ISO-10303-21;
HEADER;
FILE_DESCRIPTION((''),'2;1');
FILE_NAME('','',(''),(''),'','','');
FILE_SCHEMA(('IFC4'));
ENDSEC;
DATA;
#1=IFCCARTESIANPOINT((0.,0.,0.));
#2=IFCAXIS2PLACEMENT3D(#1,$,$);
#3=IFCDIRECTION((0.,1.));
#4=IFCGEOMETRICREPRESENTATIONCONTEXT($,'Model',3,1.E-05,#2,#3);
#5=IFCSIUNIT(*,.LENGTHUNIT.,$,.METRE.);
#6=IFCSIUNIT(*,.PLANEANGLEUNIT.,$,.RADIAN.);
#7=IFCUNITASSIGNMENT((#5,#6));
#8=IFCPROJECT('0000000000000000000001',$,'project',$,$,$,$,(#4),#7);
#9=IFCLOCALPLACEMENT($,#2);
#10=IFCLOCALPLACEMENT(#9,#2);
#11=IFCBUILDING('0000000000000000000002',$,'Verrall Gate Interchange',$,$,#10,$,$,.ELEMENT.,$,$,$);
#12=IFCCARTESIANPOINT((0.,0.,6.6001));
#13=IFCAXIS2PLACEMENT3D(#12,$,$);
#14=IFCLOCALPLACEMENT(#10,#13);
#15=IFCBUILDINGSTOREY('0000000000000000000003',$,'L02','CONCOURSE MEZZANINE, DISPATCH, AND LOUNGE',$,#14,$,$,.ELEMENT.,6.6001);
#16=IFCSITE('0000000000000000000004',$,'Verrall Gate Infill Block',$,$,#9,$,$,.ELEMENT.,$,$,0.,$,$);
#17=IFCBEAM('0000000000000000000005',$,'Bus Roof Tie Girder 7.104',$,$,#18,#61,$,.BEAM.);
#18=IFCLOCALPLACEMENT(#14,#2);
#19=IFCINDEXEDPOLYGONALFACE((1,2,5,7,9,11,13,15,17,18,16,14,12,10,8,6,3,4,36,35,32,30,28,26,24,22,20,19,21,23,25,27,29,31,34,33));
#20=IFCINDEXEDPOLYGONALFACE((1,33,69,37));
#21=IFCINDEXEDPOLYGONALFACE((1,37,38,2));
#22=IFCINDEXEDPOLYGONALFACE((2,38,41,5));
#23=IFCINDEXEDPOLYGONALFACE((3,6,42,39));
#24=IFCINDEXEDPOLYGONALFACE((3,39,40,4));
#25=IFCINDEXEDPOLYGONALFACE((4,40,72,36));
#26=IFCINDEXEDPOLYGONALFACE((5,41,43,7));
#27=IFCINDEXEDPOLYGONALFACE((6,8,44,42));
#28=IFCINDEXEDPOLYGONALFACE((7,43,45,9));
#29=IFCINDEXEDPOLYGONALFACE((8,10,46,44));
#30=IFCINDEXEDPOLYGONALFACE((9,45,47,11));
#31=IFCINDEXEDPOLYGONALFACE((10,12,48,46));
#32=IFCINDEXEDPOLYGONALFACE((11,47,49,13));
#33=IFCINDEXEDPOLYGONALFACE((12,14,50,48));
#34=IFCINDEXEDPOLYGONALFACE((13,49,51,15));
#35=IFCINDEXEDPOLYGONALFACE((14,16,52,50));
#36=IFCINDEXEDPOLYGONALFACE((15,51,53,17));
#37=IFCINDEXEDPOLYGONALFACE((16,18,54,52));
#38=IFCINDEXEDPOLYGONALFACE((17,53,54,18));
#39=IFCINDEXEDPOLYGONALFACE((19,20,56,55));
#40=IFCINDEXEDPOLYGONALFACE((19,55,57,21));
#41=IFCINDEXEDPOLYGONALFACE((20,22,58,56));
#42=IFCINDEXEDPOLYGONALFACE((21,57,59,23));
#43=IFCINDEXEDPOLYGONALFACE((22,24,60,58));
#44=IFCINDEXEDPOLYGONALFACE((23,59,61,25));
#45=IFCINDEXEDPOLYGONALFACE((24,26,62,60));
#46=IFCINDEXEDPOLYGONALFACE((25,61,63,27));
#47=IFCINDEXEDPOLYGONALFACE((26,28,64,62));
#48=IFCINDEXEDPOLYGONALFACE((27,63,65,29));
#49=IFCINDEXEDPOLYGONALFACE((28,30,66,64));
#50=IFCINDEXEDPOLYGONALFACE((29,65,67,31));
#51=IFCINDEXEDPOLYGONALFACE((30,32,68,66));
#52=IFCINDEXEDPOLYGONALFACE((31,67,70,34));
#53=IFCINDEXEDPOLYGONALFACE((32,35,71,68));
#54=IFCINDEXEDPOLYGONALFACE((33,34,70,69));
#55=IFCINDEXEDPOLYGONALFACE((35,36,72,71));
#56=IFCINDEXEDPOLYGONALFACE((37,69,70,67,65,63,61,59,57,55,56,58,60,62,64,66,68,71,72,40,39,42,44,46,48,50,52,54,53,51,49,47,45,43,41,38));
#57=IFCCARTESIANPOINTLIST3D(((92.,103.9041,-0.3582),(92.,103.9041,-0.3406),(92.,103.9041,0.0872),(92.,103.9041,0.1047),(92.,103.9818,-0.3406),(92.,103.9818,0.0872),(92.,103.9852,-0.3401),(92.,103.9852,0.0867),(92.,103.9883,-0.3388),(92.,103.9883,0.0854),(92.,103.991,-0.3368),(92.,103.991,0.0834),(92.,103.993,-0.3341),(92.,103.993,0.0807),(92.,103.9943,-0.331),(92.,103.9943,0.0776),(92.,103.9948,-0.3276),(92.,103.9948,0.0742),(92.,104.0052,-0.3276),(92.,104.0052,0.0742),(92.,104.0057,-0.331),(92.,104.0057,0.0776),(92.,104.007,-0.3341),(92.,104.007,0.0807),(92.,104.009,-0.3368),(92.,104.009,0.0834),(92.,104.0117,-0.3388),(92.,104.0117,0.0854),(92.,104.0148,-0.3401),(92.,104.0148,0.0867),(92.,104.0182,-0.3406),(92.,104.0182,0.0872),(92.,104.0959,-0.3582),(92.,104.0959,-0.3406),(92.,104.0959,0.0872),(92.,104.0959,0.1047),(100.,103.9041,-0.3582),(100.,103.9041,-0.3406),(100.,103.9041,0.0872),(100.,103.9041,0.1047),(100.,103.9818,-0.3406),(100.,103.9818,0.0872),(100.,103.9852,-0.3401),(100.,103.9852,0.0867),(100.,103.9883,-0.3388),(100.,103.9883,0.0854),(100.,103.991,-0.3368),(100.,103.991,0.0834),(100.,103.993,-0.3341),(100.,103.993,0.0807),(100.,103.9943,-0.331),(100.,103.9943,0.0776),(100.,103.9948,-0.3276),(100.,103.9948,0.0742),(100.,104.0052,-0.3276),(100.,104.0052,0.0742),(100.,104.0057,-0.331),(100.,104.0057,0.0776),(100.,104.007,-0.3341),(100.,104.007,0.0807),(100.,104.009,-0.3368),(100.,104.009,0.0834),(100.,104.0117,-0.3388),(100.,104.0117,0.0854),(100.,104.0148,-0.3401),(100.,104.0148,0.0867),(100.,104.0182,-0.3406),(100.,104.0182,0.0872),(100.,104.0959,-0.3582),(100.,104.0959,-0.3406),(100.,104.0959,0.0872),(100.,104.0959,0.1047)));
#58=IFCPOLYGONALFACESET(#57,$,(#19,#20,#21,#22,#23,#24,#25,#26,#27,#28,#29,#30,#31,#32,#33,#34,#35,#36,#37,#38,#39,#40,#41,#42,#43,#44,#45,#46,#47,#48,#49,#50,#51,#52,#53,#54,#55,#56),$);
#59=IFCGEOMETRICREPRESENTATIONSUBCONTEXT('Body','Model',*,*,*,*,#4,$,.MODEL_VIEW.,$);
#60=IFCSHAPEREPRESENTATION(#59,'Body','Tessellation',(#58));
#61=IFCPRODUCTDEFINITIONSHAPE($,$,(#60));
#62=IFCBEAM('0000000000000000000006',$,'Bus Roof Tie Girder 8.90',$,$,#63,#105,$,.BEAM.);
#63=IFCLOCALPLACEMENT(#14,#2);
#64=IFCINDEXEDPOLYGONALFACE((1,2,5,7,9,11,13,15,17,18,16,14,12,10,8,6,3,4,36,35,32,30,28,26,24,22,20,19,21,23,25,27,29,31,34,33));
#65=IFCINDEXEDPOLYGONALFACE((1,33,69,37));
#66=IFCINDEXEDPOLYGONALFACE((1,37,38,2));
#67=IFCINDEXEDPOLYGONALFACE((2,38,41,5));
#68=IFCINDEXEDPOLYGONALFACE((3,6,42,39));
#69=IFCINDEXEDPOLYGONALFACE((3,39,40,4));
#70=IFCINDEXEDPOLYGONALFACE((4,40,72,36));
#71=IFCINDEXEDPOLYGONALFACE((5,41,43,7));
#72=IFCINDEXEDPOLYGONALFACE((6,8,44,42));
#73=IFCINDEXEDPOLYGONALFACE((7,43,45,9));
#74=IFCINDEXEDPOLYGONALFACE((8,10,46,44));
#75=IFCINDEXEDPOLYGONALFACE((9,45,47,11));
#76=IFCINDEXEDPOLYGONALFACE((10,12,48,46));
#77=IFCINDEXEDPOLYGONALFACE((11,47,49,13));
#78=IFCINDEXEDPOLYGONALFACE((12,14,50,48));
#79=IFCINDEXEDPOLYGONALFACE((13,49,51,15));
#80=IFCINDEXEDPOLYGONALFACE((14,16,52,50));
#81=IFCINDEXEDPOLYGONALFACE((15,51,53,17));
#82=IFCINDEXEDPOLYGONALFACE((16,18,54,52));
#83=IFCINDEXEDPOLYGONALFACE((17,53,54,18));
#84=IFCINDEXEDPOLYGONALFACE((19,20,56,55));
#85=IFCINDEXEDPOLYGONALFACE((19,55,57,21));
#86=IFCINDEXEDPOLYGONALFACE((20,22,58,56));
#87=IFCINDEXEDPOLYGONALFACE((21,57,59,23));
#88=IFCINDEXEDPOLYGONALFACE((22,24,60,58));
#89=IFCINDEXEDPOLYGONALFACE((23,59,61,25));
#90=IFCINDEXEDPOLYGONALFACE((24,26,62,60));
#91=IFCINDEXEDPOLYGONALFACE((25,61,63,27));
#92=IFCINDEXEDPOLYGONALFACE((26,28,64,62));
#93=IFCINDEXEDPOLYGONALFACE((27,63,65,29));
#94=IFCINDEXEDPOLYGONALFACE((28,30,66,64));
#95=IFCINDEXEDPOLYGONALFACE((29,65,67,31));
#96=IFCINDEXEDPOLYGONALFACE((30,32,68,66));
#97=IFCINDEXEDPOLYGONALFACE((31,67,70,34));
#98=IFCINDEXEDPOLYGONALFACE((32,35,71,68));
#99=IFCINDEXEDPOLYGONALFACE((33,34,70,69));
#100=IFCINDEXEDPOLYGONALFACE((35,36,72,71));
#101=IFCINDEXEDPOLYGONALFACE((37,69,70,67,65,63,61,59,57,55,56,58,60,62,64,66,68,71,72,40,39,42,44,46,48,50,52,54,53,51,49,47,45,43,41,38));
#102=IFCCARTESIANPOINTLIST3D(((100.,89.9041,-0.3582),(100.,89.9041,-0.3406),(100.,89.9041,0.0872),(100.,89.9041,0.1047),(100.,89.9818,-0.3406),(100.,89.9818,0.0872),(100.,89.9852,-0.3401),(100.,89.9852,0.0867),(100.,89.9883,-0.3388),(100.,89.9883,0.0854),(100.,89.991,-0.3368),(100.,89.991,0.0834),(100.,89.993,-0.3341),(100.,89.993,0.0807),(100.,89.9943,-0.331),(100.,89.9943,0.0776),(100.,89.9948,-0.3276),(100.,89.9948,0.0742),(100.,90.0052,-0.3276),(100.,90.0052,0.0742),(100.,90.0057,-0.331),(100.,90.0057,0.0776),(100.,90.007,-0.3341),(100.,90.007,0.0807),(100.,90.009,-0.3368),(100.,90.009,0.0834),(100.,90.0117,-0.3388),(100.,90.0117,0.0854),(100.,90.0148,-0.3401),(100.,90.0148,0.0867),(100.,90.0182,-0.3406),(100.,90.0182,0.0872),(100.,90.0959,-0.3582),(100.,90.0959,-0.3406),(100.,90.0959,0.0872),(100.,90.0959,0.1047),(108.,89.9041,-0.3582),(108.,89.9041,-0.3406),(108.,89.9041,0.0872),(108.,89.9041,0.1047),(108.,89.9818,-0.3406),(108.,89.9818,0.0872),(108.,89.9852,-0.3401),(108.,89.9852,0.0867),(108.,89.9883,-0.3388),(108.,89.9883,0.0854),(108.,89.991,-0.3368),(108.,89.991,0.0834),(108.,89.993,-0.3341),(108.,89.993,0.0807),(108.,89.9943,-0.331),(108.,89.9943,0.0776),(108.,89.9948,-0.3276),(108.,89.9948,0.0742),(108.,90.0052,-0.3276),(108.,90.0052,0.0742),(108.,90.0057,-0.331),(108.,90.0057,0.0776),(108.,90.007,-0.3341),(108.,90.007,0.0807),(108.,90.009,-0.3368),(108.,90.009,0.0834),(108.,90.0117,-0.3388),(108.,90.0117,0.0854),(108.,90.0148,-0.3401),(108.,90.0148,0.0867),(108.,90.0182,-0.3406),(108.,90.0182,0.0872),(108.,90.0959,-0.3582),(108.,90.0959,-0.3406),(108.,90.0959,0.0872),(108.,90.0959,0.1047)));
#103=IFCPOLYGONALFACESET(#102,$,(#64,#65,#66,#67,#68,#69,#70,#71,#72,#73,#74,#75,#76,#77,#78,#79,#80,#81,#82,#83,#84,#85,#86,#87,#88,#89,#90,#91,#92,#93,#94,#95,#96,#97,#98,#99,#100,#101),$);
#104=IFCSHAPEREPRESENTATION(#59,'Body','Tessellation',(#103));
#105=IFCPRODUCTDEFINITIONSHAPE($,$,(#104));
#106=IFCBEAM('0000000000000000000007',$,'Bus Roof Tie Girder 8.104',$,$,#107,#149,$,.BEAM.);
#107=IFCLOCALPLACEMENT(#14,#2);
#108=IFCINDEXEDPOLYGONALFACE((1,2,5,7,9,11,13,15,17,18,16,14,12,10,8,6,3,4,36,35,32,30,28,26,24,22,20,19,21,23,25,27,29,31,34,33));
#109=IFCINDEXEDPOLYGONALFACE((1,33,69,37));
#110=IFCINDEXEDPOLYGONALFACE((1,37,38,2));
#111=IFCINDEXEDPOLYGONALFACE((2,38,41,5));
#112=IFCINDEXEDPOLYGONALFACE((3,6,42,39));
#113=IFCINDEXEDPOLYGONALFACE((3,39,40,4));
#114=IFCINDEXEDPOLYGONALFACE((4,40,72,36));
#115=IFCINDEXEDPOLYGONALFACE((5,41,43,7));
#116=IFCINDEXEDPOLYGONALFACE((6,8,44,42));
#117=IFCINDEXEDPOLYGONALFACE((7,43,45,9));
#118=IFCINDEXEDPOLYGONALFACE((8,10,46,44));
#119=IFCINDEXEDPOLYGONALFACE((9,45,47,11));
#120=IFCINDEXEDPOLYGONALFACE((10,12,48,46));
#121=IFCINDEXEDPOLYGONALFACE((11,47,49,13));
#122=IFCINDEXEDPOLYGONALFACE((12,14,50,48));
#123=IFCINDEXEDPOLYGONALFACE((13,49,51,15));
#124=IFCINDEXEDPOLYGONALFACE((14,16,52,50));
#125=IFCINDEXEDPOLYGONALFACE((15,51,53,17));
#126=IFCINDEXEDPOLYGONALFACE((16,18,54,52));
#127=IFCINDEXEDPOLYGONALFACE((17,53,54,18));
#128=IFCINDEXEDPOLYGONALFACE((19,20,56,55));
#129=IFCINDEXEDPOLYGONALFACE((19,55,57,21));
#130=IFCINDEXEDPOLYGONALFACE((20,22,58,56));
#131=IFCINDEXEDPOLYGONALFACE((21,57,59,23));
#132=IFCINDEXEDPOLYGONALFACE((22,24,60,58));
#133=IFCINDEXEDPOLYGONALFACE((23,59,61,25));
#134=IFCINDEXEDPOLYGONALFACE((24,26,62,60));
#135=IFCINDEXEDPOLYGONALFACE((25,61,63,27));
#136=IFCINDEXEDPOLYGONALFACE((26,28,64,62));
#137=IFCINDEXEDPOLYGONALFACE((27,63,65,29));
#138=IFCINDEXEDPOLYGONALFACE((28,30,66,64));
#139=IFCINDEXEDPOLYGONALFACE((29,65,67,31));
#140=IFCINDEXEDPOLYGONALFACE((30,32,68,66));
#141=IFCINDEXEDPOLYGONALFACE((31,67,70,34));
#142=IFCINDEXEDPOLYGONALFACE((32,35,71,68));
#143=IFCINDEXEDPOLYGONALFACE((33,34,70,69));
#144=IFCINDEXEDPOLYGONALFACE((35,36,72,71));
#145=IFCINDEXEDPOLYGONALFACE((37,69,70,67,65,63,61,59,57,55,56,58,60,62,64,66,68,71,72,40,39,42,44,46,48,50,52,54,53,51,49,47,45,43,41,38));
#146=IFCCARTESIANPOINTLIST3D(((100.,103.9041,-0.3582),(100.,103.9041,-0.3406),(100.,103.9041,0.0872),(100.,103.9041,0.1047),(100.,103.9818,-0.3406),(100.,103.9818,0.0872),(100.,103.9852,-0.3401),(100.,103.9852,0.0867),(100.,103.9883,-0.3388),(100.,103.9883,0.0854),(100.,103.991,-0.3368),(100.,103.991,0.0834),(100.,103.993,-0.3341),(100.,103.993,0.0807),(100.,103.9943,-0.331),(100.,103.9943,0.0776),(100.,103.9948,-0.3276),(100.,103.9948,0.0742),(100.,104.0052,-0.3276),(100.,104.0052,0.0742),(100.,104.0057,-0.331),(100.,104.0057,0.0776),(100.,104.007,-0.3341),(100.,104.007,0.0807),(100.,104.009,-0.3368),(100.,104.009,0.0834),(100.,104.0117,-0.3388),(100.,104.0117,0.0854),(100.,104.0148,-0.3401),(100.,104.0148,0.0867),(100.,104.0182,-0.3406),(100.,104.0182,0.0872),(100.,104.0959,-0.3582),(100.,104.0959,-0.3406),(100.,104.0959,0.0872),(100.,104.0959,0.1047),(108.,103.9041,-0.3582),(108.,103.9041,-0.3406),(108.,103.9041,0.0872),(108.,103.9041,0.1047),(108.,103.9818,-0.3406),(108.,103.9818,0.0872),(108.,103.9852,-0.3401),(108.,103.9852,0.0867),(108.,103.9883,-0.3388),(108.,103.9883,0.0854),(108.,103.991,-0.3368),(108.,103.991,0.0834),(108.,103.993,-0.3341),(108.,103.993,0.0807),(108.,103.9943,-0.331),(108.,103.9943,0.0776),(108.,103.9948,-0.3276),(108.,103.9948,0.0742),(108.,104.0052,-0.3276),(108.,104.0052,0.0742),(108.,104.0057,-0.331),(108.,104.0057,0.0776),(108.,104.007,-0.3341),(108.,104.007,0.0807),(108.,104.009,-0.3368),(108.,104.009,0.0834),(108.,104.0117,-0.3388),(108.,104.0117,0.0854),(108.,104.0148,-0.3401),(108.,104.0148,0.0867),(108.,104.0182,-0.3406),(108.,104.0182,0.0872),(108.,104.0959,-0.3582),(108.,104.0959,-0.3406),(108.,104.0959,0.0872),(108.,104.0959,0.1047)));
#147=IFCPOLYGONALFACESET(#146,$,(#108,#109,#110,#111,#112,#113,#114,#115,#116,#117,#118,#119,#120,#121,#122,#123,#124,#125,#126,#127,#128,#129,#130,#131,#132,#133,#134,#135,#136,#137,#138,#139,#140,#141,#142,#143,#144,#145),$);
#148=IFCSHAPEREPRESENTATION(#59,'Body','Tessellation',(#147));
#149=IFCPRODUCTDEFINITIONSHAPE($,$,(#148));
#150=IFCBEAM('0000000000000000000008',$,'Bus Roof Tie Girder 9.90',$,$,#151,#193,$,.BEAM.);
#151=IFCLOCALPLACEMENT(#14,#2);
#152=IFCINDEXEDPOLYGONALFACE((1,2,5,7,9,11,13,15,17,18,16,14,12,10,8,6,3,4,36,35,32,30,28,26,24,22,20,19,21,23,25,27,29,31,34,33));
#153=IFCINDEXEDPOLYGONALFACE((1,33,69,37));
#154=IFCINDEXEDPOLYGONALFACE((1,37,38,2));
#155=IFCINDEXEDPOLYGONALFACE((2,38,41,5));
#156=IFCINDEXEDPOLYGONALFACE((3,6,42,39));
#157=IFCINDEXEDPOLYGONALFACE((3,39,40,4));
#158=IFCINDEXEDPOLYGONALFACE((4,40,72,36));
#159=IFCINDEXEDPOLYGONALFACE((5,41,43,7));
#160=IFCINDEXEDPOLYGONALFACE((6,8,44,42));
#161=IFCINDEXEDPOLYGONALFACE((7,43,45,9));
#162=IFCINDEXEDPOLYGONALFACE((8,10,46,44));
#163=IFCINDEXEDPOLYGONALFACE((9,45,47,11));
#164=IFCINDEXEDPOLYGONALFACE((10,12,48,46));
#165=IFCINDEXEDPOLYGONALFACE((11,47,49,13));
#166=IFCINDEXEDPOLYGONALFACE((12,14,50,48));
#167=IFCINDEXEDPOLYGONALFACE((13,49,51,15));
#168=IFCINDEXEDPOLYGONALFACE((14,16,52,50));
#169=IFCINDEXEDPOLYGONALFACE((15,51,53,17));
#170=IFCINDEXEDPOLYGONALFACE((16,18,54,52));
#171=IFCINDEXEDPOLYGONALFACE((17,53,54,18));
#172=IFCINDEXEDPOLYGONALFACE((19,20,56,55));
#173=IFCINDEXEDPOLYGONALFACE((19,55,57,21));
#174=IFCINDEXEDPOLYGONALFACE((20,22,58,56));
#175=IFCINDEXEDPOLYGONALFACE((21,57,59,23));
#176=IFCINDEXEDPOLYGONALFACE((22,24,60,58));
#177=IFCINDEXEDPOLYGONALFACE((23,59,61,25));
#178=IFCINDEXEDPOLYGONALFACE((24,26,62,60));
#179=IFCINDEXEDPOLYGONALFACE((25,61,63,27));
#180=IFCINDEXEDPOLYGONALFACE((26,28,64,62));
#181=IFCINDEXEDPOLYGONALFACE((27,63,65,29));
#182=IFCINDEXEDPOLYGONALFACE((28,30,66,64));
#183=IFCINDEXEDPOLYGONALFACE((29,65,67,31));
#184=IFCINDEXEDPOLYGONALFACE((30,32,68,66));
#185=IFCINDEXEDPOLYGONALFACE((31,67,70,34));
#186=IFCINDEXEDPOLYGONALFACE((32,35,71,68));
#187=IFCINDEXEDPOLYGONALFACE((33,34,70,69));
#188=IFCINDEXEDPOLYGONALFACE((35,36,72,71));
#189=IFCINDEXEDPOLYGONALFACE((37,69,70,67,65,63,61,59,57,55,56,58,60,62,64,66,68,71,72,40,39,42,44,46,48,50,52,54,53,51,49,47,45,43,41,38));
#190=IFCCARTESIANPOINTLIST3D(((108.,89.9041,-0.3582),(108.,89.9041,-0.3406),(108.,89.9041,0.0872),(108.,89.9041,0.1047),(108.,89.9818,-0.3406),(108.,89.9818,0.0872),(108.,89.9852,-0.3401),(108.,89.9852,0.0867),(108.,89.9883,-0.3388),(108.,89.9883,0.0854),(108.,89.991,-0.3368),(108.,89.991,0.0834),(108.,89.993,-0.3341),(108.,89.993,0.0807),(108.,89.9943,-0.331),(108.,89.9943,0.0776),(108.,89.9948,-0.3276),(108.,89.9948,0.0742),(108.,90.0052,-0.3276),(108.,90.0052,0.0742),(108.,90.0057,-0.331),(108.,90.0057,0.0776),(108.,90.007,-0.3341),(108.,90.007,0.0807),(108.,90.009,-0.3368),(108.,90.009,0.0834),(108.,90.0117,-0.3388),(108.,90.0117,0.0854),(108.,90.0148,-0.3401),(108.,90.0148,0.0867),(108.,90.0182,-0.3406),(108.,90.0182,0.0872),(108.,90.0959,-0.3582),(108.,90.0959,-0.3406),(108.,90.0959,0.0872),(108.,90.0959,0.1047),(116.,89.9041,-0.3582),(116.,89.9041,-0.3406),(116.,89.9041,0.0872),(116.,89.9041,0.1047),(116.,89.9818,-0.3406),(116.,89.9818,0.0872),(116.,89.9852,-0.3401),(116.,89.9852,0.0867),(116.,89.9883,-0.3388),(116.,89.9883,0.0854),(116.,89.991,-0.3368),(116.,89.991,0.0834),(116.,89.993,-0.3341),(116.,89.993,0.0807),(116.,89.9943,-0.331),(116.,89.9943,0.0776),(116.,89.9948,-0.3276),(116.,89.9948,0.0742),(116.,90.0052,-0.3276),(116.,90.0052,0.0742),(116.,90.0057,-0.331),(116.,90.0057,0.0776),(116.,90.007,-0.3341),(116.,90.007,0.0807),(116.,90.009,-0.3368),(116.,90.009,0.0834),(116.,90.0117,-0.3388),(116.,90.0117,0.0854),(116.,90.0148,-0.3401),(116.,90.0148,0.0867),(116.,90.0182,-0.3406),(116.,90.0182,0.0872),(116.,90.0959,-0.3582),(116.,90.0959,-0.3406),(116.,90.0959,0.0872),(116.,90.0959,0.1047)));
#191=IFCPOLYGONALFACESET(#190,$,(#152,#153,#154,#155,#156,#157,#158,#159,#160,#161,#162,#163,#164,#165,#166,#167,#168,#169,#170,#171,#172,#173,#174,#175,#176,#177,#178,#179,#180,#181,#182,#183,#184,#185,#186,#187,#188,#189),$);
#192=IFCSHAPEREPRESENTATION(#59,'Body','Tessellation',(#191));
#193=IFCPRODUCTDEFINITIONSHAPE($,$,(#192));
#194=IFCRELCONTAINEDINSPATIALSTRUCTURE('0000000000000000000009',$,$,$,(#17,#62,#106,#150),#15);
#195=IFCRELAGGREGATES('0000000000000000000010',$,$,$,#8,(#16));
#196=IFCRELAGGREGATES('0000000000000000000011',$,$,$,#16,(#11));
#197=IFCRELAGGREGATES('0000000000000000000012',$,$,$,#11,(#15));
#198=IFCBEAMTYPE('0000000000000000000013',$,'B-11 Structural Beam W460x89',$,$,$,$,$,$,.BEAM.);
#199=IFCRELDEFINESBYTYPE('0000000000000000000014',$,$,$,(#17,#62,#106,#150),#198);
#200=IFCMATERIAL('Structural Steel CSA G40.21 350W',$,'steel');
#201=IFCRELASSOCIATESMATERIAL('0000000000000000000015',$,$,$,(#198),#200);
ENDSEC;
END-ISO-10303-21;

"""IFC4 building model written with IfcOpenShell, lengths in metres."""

from ifc_helpers import new_model, si_unit, direction, frame, origin, origin_2d, place, context, subcontext, project, spatial, i_section, extrude, material, material_profile, profile_set, type_object, element, save


model = new_model("IFC4")

# Units and contexts
model_context = context("Model", 3, precision=1e-05, world=origin(), true_north=direction((0.0, 1.0)))
body_context = subcontext(model_context, "Body", "Model", "MODEL_VIEW")
ifc_project = project(units=[si_unit("LENGTHUNIT", "METRE"), si_unit("PLANEANGLEUNIT", "RADIAN")], contexts=[model_context])

# Site, building, storey
site_placement = place(None, origin())
site = spatial("IfcSite", under=ifc_project, at=site_placement, Name="Verrall Gate Infill Block", CompositionType="ELEMENT", RefElevation=0.0)
building_placement = place(site_placement, origin())
building = spatial("IfcBuilding", under=site, at=building_placement, Name="Verrall Gate Interchange", CompositionType="ELEMENT")
storey_placement = place(building_placement, frame((0.0, 0.0, 6.6001)))
storey = spatial("IfcBuildingStorey", under=building, at=storey_placement, Name="L02", Description="CONCOURSE MEZZANINE, DISPATCH, AND LOUNGE", CompositionType="ELEMENT", Elevation=6.6001)

# Beams
ifc_material_1 = material(Name="Structural Steel CSA G40.21 350W", Category="steel")
ifc_material_profile_1 = material_profile(ifc_material_1, i_section(OverallWidth=0.1919, OverallDepth=0.4629, WebThickness=0.0105, FlangeThickness=0.0176, FilletRadius=0.0129, at=origin_2d()), Name="W460x89")
ifc_profile_set_1 = profile_set([ifc_material_profile_1], Name="Structural Steel CSA G40.21 350W")
beam_type = type_object("IfcBeamType", Name="B-11 Structural Beam W460x89", PredefinedType="BEAM", material=ifc_profile_set_1)
for number, where, z_axis, x_axis, name in (
    (1, (92.0, 104.0, -0.1267), (1.0, 0.0, 0.0), (0.0, 1.0, 0.0), "Bus Roof Tie Girder 7.104"),
    (2, (100.0, 90.0, -0.1267), (1.0, 0.0, 0.0), (0.0, 1.0, 0.0), "Bus Roof Tie Girder 8.90"),
    (3, (100.0, 104.0, -0.1267), (1.0, 0.0, 0.0), (0.0, 1.0, 0.0), "Bus Roof Tie Girder 8.104"),
    (4, (108.0, 90.0, -0.1267), (1.0, 0.0, 0.0), (0.0, 1.0, 0.0), "Bus Roof Tie Girder 9.90"),
):
    element("IfcBeam", number, at=place(storey_placement, frame(where, z_axis=z_axis, x_axis=x_axis)), inside=storey, type_object=beam_type, Name=name, PredefinedType="BEAM", context=body_context, shape_type="SweptSolid", body=[
        extrude(i_section(OverallWidth=0.1919, OverallDepth=0.4629, WebThickness=0.0105, FlangeThickness=0.0176, FilletRadius=0.0129, at=origin_2d()), origin(), (0.0, 0.0, 1.0), 8.0),
    ])

save(model, "model.ifc")
